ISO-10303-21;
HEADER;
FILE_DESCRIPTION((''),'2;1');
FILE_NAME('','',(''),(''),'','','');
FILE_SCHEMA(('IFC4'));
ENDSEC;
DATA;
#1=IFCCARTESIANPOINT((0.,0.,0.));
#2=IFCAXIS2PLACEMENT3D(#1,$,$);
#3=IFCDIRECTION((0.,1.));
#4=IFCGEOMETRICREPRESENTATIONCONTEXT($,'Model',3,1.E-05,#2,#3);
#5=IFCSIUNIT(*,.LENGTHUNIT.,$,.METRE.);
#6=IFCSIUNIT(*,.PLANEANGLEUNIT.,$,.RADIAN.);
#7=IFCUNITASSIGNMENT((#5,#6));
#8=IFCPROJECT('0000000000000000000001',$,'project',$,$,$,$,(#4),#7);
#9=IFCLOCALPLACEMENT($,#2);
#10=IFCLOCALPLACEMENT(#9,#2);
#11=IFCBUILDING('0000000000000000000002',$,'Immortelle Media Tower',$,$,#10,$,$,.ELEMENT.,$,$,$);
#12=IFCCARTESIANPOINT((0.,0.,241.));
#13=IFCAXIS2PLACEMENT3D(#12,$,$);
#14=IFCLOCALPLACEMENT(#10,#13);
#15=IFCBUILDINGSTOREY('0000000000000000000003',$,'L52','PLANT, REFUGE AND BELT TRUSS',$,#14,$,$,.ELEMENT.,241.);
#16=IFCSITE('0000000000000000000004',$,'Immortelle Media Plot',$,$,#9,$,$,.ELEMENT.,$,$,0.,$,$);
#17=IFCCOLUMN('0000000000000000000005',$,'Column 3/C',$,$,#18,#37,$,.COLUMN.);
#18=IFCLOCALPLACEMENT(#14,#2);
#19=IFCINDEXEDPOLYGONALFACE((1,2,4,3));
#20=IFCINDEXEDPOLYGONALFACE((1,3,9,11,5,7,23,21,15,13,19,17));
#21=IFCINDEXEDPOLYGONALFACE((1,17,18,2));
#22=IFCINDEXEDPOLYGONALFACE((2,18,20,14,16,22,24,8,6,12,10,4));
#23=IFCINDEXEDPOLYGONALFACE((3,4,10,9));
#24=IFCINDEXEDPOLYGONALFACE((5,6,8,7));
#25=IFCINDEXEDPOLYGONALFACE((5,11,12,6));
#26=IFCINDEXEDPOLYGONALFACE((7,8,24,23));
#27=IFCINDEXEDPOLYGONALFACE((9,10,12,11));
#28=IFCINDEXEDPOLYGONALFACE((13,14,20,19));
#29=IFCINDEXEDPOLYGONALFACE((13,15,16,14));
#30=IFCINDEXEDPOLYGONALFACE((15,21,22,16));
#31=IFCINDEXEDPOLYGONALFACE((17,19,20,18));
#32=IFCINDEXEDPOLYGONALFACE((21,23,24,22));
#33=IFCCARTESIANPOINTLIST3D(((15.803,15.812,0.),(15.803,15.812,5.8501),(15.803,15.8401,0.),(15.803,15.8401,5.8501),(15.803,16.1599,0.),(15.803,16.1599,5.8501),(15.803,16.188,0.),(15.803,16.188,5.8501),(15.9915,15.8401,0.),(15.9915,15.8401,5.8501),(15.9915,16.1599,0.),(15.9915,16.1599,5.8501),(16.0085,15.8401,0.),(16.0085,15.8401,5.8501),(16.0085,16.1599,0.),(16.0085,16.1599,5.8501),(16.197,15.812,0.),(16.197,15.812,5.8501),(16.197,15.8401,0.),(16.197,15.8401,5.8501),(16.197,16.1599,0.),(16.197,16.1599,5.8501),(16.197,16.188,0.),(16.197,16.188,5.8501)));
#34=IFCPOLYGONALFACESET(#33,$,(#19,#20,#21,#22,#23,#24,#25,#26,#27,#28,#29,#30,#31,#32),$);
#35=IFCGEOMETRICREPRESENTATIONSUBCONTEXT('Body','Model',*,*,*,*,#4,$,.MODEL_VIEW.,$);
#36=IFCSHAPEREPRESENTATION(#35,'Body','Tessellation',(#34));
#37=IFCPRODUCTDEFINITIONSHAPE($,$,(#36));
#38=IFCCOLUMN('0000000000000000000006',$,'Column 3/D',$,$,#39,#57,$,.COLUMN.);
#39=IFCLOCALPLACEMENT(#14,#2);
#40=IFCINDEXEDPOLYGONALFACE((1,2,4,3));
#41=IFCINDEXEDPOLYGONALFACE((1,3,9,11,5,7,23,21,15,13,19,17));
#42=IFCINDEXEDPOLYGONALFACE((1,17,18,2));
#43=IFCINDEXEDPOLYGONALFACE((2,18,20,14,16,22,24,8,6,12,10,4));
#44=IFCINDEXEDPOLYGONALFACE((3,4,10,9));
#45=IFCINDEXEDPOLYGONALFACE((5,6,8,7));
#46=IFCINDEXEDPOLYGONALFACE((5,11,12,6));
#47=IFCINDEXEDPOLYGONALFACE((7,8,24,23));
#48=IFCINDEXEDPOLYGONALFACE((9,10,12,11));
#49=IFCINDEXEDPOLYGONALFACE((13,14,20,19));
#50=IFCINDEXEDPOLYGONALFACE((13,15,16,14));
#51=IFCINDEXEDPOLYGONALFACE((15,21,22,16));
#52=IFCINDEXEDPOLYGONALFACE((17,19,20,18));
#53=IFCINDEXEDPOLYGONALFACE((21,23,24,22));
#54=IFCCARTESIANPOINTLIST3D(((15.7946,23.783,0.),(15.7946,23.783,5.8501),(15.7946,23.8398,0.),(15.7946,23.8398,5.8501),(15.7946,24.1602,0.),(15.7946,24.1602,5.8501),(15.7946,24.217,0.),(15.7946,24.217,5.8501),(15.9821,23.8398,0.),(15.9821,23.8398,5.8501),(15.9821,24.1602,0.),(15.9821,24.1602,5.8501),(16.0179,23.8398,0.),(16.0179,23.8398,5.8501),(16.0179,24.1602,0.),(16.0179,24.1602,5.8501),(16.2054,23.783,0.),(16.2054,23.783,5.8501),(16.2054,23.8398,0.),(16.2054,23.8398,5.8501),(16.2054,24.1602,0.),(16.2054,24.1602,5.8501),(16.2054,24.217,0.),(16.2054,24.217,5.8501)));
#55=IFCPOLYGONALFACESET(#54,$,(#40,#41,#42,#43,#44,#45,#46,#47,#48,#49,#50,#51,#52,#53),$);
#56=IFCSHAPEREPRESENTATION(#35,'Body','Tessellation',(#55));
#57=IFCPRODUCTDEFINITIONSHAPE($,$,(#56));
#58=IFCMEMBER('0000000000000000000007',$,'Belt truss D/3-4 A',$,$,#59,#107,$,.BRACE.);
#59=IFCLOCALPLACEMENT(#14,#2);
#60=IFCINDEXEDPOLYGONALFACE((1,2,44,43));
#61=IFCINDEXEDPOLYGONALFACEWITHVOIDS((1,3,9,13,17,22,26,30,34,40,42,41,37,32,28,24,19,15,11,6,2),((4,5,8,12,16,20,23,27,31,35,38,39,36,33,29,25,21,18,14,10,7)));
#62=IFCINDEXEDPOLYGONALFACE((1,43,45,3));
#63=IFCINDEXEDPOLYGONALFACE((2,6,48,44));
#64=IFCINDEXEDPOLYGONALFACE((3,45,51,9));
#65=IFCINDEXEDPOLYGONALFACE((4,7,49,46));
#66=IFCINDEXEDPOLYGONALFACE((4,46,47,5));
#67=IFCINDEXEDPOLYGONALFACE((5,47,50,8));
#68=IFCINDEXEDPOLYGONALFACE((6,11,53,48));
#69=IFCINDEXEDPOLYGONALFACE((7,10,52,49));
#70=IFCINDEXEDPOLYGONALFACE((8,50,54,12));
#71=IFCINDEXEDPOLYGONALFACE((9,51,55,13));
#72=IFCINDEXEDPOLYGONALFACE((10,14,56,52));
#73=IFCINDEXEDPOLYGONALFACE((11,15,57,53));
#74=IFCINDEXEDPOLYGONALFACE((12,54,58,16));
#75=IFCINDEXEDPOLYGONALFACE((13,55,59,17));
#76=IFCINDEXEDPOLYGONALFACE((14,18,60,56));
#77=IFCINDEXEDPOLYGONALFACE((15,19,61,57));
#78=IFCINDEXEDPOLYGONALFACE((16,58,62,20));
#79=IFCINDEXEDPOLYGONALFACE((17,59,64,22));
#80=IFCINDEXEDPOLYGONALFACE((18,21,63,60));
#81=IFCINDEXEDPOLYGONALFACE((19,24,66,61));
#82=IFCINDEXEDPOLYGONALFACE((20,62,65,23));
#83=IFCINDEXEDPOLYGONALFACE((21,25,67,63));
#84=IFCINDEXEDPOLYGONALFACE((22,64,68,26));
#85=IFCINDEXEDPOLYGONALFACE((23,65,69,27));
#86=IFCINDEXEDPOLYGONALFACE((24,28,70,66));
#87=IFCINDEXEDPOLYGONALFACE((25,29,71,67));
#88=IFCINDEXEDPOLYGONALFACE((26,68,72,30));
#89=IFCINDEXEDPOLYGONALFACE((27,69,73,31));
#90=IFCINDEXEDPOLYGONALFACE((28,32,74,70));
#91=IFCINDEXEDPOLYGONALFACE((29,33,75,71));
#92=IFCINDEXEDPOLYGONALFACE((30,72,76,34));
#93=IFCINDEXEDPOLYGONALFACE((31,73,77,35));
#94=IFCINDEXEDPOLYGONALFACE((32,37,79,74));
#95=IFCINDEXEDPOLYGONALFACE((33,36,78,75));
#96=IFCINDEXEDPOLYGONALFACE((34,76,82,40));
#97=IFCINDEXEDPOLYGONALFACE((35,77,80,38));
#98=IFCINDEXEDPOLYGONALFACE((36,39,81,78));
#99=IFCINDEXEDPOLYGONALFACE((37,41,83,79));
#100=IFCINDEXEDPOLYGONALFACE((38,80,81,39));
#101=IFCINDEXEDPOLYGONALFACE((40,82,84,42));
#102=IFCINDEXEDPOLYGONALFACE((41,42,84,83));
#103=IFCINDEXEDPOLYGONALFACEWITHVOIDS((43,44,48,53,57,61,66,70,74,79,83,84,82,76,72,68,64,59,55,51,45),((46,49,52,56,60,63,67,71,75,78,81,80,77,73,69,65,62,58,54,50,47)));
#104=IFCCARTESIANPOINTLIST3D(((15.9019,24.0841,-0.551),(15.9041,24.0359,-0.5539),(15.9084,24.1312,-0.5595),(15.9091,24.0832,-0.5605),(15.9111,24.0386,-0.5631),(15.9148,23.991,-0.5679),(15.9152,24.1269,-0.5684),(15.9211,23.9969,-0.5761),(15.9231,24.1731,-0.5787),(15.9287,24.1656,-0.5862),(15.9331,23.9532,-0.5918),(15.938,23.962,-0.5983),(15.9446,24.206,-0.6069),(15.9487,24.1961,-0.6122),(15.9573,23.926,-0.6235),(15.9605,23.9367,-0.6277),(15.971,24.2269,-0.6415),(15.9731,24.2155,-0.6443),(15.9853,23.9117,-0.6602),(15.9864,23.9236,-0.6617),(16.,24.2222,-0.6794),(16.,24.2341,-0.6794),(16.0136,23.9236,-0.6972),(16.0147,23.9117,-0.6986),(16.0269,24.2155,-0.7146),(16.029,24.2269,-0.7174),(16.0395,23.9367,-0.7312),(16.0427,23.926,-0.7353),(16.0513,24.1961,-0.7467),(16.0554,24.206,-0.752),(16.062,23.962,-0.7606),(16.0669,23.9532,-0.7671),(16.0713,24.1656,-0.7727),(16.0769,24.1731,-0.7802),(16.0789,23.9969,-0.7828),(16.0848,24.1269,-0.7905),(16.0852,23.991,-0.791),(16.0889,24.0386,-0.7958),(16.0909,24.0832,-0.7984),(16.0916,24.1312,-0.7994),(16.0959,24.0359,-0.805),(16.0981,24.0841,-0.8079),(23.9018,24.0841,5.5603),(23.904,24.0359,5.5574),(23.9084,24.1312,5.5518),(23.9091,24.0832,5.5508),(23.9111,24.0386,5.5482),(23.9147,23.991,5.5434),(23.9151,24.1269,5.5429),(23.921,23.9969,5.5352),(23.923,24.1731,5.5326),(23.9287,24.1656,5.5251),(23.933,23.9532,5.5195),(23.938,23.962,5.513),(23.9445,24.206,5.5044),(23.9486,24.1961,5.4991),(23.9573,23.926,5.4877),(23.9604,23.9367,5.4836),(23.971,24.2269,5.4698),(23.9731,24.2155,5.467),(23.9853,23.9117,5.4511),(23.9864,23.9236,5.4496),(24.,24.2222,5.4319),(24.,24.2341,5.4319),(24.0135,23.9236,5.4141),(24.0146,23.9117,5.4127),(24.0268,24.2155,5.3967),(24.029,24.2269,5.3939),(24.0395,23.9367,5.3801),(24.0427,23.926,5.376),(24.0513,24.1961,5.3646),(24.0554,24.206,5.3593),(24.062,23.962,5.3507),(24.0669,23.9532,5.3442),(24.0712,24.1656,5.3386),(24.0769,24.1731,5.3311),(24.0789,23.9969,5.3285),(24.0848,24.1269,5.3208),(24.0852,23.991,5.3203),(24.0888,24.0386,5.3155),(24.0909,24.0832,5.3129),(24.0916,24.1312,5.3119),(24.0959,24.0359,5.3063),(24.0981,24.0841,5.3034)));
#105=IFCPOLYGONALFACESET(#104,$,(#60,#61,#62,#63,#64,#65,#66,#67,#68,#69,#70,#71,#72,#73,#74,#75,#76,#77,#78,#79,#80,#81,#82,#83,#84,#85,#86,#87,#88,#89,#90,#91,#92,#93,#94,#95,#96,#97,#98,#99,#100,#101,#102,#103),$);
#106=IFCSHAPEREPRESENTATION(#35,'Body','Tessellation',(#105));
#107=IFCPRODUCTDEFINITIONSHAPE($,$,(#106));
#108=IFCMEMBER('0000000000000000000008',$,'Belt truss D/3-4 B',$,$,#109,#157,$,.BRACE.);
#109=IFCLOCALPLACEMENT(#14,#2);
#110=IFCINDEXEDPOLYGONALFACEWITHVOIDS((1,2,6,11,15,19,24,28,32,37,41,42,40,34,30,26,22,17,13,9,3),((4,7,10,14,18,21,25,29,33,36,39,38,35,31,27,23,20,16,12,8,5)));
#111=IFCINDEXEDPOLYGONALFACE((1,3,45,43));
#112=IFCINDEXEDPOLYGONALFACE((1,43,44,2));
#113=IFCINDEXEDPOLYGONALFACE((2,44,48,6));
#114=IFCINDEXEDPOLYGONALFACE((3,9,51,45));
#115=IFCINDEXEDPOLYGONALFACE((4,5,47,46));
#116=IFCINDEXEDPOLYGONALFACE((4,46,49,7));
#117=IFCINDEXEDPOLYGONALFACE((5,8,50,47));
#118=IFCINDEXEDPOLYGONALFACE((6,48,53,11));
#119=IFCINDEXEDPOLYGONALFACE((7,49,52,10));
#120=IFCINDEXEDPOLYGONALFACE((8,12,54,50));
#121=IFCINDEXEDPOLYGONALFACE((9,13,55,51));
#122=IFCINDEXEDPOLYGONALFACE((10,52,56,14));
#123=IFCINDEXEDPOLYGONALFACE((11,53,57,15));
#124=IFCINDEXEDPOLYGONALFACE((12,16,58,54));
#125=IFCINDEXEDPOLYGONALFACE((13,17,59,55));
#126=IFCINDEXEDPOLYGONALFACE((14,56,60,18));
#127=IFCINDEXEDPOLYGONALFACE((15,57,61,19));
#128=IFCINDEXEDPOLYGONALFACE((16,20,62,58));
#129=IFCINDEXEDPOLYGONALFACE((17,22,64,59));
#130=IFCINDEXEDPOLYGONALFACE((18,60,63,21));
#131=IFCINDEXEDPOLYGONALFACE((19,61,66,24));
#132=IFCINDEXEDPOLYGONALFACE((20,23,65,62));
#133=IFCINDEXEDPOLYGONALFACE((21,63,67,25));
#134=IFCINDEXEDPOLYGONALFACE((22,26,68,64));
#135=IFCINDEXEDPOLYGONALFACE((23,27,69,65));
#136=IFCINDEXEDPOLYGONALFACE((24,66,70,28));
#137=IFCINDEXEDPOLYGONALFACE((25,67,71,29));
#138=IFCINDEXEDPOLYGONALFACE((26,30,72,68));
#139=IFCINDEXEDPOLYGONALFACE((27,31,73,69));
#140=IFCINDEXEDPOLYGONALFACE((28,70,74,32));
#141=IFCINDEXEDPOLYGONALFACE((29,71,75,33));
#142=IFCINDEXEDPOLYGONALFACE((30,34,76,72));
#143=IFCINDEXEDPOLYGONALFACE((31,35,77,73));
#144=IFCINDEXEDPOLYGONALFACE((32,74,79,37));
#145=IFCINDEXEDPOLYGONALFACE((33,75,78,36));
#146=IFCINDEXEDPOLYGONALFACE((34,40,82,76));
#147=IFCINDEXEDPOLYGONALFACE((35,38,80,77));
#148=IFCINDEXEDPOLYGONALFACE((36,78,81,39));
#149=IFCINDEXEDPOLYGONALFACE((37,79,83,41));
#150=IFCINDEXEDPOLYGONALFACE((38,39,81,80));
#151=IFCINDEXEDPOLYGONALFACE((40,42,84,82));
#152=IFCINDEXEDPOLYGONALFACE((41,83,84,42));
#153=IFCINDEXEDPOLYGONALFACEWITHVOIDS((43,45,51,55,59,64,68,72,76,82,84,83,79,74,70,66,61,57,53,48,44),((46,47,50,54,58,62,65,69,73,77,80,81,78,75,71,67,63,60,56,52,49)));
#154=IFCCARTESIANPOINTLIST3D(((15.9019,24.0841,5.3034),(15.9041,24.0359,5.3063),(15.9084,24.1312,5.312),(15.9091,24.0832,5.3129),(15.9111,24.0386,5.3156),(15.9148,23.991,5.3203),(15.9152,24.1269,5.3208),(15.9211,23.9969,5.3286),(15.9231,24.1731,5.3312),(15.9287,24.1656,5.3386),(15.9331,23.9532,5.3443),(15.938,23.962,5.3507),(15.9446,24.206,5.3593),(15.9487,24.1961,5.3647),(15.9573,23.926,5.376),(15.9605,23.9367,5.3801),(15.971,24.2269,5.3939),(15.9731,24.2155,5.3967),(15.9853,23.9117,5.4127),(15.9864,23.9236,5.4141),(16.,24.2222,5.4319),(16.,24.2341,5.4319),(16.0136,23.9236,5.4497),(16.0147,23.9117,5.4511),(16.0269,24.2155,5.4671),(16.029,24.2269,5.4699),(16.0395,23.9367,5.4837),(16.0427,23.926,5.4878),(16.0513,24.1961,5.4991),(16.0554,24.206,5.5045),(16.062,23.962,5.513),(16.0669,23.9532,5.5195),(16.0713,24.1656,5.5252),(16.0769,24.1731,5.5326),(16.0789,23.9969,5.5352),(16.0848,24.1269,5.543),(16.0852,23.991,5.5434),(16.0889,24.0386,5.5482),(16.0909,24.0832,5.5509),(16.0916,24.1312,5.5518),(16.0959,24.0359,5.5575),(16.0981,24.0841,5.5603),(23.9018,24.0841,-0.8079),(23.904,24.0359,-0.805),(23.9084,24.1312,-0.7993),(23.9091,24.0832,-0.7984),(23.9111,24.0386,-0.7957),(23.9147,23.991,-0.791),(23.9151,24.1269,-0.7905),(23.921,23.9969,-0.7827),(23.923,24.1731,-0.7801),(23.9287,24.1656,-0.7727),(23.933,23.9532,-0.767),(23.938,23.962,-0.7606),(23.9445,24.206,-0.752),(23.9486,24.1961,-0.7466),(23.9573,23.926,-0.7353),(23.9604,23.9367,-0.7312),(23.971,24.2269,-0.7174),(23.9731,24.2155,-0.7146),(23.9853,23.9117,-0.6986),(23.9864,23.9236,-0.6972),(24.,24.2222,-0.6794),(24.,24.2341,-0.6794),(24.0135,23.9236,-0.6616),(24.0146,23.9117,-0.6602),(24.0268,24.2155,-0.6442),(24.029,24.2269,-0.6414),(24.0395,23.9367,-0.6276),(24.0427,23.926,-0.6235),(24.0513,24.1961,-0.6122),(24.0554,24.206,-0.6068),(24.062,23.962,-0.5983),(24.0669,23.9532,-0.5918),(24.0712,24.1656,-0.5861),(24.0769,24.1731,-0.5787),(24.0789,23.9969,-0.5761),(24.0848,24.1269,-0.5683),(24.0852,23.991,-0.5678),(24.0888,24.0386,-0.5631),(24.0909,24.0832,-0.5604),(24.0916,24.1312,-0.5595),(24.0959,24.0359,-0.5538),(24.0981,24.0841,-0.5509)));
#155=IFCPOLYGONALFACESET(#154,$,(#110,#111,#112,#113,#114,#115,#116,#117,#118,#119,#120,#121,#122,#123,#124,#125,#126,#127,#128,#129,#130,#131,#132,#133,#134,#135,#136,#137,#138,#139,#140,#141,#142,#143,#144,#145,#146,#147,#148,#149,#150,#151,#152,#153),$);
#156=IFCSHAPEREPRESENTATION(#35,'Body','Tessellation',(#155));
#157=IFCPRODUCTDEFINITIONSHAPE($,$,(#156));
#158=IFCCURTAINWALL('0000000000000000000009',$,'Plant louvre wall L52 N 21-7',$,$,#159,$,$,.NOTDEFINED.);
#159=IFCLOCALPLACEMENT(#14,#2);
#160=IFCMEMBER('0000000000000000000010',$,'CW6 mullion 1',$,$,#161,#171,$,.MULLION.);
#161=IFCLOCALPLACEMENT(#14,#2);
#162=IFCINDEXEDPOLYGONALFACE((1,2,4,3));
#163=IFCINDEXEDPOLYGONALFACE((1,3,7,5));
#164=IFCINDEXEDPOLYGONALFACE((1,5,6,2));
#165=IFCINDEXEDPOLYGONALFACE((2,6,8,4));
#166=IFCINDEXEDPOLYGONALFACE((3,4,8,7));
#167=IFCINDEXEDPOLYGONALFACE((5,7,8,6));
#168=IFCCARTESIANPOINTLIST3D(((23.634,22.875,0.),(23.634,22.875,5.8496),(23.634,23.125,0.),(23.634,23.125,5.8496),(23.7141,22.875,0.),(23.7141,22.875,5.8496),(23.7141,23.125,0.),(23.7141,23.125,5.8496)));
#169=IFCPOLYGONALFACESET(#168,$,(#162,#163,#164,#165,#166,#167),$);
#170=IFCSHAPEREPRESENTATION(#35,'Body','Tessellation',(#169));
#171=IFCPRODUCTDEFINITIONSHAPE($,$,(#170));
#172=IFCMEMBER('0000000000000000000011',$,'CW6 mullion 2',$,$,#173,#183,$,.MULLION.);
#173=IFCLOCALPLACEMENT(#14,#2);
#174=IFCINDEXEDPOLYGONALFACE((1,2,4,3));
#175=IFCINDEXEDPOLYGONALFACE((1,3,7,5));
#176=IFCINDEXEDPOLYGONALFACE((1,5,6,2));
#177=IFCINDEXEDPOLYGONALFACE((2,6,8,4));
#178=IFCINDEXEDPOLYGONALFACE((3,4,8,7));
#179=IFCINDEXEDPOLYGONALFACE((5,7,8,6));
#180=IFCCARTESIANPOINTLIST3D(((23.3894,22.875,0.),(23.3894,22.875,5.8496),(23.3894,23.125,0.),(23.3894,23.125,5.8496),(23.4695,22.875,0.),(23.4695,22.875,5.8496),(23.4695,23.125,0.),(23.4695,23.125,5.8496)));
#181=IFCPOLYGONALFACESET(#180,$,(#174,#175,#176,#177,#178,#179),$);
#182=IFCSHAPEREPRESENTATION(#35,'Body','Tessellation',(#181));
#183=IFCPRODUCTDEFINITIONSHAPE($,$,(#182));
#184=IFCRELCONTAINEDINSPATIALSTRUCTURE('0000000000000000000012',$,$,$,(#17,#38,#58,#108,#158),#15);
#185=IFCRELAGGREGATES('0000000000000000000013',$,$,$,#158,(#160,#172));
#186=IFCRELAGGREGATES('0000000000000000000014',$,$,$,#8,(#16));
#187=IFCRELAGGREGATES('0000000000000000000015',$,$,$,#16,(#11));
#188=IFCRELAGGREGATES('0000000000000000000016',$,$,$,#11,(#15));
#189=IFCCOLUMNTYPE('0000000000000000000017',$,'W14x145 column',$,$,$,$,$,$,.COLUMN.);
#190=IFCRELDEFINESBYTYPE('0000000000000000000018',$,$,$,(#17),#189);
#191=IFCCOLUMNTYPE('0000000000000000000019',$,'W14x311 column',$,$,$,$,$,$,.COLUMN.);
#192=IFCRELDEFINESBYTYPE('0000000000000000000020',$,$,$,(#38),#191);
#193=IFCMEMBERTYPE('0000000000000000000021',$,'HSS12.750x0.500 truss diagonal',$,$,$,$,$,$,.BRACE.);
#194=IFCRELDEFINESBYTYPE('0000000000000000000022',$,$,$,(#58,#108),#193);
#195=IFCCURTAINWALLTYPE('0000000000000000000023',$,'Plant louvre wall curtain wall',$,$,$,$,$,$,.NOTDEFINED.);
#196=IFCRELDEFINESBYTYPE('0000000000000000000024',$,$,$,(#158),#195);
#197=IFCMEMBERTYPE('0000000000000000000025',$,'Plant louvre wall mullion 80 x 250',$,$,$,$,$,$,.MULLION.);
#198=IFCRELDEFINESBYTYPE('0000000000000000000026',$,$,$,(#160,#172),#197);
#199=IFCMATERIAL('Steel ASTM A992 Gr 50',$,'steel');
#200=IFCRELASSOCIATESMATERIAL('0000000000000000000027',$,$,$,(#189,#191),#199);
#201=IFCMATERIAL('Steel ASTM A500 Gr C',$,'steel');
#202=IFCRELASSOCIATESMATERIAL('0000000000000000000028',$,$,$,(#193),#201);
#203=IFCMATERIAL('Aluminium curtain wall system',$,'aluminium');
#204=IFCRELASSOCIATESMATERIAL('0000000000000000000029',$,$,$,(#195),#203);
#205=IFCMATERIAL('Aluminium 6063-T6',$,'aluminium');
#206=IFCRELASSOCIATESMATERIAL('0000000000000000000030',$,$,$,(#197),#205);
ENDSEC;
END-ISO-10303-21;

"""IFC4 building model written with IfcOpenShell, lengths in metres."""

from ifc_helpers import new_model, si_unit, direction, frame, origin, origin_2d, place, context, subcontext, project, spatial, rectangle, hollow_circle, i_section, extrude, material, material_profile, profile_set, type_object, element, aggregate, save


model = new_model("IFC4")

# Units and contexts
model_context = context("Model", 3, precision=1e-05, world=origin(), true_north=direction((0.0, 1.0)))
body_context = subcontext(model_context, "Body", "Model", "MODEL_VIEW")
ifc_project = project(units=[si_unit("LENGTHUNIT", "METRE"), si_unit("PLANEANGLEUNIT", "RADIAN")], contexts=[model_context])

# Site, building, storey
site_placement = place(None, origin())
site = spatial("IfcSite", under=ifc_project, at=site_placement, Name="Immortelle Media Plot", CompositionType="ELEMENT", RefElevation=0.0)
building_placement = place(site_placement, origin())
building = spatial("IfcBuilding", under=site, at=building_placement, Name="Immortelle Media Tower", CompositionType="ELEMENT")
storey_placement = place(building_placement, frame((0.0, 0.0, 241.0)))
storey = spatial("IfcBuildingStorey", under=building, at=storey_placement, Name="L52", Description="PLANT, REFUGE AND BELT TRUSS", CompositionType="ELEMENT", Elevation=241.0)

# Columns
ifc_material_1 = material(Name="Steel ASTM A992 Gr 50", Category="steel")
ifc_material_profile_1 = material_profile(ifc_material_1, i_section(OverallWidth=0.394, OverallDepth=0.376, WebThickness=0.0171, FlangeThickness=0.0281, at=origin_2d()), Name="W14x145")
ifc_profile_set_1 = profile_set([ifc_material_profile_1], Name="Steel ASTM A992 Gr 50")
column_type_1 = type_object("IfcColumnType", Name="W14x145 column", PredefinedType="COLUMN", material=ifc_profile_set_1)
column_1_placement = place(storey_placement, frame((16.0, 16.0, 0.0), z_axis=(0.0, 0.0, 1.0), x_axis=(1.0, 0.0, 0.0)))
element("IfcColumn", 1, at=column_1_placement, inside=storey, type_object=column_type_1, Name="Column 3/C", PredefinedType="COLUMN", context=body_context, shape_type="SweptSolid", body=[
    extrude(i_section(OverallWidth=0.394, OverallDepth=0.376, WebThickness=0.0171, FlangeThickness=0.0281, at=origin_2d()), origin(), (0.0, 0.0, 1.0), 5.8501),
])
ifc_material_profile_2 = material_profile(ifc_material_1, i_section(OverallWidth=0.4109, OverallDepth=0.4341, WebThickness=0.0359, FlangeThickness=0.0569, at=origin_2d()), Name="W14x311")
ifc_profile_set_2 = profile_set([ifc_material_profile_2], Name="Steel ASTM A992 Gr 50")
column_type_2 = type_object("IfcColumnType", Name="W14x311 column", PredefinedType="COLUMN", material=ifc_profile_set_2)
column_2_placement = place(storey_placement, frame((16.0, 24.0, 0.0), z_axis=(0.0, 0.0, 1.0), x_axis=(1.0, 0.0, 0.0)))
element("IfcColumn", 2, at=column_2_placement, inside=storey, type_object=column_type_2, Name="Column 3/D", PredefinedType="COLUMN", context=body_context, shape_type="SweptSolid", body=[
    extrude(i_section(OverallWidth=0.4109, OverallDepth=0.4341, WebThickness=0.0359, FlangeThickness=0.0569, at=origin_2d()), origin(), (0.0, 0.0, 1.0), 5.8501),
])

# Members
ifc_material_2 = material(Name="Steel ASTM A500 Gr C", Category="steel")
ifc_material_profile_3 = material_profile(ifc_material_2, hollow_circle(Radius=0.1621, WallThickness=0.012, at=origin_2d()), Name="HSS12.750x0.500 truss diagonal")
ifc_profile_set_3 = profile_set([ifc_material_profile_3], Name="Steel ASTM A500 Gr C")
member_type_1 = type_object("IfcMemberType", Name="HSS12.750x0.500 truss diagonal", PredefinedType="BRACE", material=ifc_profile_set_3)
for number, where, z_axis, x_axis, name in (
    (3, (16.0, 24.072, -0.6794), (0.794661, 0.0, 0.607054), (0.0, 1.0, 0.0), "Belt truss D/3-4 A"),
    (4, (16.0, 24.072, 5.4319), (0.794661, 0.0, -0.607054), (0.0, 1.0, 0.0), "Belt truss D/3-4 B"),
):
    element("IfcMember", number, at=place(storey_placement, frame(where, z_axis=z_axis, x_axis=x_axis)), inside=storey, type_object=member_type_1, Name=name, PredefinedType="BRACE", context=body_context, shape_type="SweptSolid", body=[
        extrude(hollow_circle(Radius=0.1621, WallThickness=0.012, at=origin_2d()), origin(), (0.0, 0.0, 1.0), 10.0671),
    ])

# Curtain wall, members
ifc_material_3 = material(Name="Aluminium curtain wall system", Category="aluminium")
curtain_wall_type = type_object("IfcCurtainWallType", Name="Plant louvre wall curtain wall", PredefinedType="NOTDEFINED", material=ifc_material_3)
curtain_wall_placement = place(storey_placement, origin())
curtain_wall = element("IfcCurtainWall", 5, at=curtain_wall_placement, inside=storey, type_object=curtain_wall_type, Name="Plant louvre wall L52 N 21-7", PredefinedType="NOTDEFINED")
ifc_material_4 = material(Name="Aluminium 6063-T6", Category="aluminium")
ifc_material_profile_4 = material_profile(ifc_material_4, rectangle(XDim=0.25, YDim=0.0801, at=origin_2d()), Name="AL 80x250")
ifc_profile_set_4 = profile_set([ifc_material_profile_4], Name="Aluminium 6063-T6")
member_type_2 = type_object("IfcMemberType", Name="Plant louvre wall mullion 80 x 250", PredefinedType="MULLION", material=ifc_profile_set_4)
member_1_placement = place(storey_placement, frame((23.6741, 23.0, 0.0), z_axis=(0.0, 0.0, 1.0), x_axis=(0.0, -1.0, 0.0)))
member_1 = element("IfcMember", 6, at=member_1_placement, type_object=member_type_2, Name="CW6 mullion 1", PredefinedType="MULLION", context=body_context, shape_type="SweptSolid", body=[
    extrude(rectangle(XDim=0.25, YDim=0.0801, at=origin_2d()), origin(), (0.0, 0.0, 1.0), 5.8496),
])
member_2_placement = place(storey_placement, frame((23.4294, 23.0, 0.0), z_axis=(0.0, 0.0, 1.0), x_axis=(0.0, -1.0, 0.0)))
member_2 = element("IfcMember", 7, at=member_2_placement, type_object=member_type_2, Name="CW6 mullion 2", PredefinedType="MULLION", context=body_context, shape_type="SweptSolid", body=[
    extrude(rectangle(XDim=0.25, YDim=0.0801, at=origin_2d()), origin(), (0.0, 0.0, 1.0), 5.8496),
])

aggregate(curtain_wall, [member_1, member_2])

save(model, "model.ifc")
